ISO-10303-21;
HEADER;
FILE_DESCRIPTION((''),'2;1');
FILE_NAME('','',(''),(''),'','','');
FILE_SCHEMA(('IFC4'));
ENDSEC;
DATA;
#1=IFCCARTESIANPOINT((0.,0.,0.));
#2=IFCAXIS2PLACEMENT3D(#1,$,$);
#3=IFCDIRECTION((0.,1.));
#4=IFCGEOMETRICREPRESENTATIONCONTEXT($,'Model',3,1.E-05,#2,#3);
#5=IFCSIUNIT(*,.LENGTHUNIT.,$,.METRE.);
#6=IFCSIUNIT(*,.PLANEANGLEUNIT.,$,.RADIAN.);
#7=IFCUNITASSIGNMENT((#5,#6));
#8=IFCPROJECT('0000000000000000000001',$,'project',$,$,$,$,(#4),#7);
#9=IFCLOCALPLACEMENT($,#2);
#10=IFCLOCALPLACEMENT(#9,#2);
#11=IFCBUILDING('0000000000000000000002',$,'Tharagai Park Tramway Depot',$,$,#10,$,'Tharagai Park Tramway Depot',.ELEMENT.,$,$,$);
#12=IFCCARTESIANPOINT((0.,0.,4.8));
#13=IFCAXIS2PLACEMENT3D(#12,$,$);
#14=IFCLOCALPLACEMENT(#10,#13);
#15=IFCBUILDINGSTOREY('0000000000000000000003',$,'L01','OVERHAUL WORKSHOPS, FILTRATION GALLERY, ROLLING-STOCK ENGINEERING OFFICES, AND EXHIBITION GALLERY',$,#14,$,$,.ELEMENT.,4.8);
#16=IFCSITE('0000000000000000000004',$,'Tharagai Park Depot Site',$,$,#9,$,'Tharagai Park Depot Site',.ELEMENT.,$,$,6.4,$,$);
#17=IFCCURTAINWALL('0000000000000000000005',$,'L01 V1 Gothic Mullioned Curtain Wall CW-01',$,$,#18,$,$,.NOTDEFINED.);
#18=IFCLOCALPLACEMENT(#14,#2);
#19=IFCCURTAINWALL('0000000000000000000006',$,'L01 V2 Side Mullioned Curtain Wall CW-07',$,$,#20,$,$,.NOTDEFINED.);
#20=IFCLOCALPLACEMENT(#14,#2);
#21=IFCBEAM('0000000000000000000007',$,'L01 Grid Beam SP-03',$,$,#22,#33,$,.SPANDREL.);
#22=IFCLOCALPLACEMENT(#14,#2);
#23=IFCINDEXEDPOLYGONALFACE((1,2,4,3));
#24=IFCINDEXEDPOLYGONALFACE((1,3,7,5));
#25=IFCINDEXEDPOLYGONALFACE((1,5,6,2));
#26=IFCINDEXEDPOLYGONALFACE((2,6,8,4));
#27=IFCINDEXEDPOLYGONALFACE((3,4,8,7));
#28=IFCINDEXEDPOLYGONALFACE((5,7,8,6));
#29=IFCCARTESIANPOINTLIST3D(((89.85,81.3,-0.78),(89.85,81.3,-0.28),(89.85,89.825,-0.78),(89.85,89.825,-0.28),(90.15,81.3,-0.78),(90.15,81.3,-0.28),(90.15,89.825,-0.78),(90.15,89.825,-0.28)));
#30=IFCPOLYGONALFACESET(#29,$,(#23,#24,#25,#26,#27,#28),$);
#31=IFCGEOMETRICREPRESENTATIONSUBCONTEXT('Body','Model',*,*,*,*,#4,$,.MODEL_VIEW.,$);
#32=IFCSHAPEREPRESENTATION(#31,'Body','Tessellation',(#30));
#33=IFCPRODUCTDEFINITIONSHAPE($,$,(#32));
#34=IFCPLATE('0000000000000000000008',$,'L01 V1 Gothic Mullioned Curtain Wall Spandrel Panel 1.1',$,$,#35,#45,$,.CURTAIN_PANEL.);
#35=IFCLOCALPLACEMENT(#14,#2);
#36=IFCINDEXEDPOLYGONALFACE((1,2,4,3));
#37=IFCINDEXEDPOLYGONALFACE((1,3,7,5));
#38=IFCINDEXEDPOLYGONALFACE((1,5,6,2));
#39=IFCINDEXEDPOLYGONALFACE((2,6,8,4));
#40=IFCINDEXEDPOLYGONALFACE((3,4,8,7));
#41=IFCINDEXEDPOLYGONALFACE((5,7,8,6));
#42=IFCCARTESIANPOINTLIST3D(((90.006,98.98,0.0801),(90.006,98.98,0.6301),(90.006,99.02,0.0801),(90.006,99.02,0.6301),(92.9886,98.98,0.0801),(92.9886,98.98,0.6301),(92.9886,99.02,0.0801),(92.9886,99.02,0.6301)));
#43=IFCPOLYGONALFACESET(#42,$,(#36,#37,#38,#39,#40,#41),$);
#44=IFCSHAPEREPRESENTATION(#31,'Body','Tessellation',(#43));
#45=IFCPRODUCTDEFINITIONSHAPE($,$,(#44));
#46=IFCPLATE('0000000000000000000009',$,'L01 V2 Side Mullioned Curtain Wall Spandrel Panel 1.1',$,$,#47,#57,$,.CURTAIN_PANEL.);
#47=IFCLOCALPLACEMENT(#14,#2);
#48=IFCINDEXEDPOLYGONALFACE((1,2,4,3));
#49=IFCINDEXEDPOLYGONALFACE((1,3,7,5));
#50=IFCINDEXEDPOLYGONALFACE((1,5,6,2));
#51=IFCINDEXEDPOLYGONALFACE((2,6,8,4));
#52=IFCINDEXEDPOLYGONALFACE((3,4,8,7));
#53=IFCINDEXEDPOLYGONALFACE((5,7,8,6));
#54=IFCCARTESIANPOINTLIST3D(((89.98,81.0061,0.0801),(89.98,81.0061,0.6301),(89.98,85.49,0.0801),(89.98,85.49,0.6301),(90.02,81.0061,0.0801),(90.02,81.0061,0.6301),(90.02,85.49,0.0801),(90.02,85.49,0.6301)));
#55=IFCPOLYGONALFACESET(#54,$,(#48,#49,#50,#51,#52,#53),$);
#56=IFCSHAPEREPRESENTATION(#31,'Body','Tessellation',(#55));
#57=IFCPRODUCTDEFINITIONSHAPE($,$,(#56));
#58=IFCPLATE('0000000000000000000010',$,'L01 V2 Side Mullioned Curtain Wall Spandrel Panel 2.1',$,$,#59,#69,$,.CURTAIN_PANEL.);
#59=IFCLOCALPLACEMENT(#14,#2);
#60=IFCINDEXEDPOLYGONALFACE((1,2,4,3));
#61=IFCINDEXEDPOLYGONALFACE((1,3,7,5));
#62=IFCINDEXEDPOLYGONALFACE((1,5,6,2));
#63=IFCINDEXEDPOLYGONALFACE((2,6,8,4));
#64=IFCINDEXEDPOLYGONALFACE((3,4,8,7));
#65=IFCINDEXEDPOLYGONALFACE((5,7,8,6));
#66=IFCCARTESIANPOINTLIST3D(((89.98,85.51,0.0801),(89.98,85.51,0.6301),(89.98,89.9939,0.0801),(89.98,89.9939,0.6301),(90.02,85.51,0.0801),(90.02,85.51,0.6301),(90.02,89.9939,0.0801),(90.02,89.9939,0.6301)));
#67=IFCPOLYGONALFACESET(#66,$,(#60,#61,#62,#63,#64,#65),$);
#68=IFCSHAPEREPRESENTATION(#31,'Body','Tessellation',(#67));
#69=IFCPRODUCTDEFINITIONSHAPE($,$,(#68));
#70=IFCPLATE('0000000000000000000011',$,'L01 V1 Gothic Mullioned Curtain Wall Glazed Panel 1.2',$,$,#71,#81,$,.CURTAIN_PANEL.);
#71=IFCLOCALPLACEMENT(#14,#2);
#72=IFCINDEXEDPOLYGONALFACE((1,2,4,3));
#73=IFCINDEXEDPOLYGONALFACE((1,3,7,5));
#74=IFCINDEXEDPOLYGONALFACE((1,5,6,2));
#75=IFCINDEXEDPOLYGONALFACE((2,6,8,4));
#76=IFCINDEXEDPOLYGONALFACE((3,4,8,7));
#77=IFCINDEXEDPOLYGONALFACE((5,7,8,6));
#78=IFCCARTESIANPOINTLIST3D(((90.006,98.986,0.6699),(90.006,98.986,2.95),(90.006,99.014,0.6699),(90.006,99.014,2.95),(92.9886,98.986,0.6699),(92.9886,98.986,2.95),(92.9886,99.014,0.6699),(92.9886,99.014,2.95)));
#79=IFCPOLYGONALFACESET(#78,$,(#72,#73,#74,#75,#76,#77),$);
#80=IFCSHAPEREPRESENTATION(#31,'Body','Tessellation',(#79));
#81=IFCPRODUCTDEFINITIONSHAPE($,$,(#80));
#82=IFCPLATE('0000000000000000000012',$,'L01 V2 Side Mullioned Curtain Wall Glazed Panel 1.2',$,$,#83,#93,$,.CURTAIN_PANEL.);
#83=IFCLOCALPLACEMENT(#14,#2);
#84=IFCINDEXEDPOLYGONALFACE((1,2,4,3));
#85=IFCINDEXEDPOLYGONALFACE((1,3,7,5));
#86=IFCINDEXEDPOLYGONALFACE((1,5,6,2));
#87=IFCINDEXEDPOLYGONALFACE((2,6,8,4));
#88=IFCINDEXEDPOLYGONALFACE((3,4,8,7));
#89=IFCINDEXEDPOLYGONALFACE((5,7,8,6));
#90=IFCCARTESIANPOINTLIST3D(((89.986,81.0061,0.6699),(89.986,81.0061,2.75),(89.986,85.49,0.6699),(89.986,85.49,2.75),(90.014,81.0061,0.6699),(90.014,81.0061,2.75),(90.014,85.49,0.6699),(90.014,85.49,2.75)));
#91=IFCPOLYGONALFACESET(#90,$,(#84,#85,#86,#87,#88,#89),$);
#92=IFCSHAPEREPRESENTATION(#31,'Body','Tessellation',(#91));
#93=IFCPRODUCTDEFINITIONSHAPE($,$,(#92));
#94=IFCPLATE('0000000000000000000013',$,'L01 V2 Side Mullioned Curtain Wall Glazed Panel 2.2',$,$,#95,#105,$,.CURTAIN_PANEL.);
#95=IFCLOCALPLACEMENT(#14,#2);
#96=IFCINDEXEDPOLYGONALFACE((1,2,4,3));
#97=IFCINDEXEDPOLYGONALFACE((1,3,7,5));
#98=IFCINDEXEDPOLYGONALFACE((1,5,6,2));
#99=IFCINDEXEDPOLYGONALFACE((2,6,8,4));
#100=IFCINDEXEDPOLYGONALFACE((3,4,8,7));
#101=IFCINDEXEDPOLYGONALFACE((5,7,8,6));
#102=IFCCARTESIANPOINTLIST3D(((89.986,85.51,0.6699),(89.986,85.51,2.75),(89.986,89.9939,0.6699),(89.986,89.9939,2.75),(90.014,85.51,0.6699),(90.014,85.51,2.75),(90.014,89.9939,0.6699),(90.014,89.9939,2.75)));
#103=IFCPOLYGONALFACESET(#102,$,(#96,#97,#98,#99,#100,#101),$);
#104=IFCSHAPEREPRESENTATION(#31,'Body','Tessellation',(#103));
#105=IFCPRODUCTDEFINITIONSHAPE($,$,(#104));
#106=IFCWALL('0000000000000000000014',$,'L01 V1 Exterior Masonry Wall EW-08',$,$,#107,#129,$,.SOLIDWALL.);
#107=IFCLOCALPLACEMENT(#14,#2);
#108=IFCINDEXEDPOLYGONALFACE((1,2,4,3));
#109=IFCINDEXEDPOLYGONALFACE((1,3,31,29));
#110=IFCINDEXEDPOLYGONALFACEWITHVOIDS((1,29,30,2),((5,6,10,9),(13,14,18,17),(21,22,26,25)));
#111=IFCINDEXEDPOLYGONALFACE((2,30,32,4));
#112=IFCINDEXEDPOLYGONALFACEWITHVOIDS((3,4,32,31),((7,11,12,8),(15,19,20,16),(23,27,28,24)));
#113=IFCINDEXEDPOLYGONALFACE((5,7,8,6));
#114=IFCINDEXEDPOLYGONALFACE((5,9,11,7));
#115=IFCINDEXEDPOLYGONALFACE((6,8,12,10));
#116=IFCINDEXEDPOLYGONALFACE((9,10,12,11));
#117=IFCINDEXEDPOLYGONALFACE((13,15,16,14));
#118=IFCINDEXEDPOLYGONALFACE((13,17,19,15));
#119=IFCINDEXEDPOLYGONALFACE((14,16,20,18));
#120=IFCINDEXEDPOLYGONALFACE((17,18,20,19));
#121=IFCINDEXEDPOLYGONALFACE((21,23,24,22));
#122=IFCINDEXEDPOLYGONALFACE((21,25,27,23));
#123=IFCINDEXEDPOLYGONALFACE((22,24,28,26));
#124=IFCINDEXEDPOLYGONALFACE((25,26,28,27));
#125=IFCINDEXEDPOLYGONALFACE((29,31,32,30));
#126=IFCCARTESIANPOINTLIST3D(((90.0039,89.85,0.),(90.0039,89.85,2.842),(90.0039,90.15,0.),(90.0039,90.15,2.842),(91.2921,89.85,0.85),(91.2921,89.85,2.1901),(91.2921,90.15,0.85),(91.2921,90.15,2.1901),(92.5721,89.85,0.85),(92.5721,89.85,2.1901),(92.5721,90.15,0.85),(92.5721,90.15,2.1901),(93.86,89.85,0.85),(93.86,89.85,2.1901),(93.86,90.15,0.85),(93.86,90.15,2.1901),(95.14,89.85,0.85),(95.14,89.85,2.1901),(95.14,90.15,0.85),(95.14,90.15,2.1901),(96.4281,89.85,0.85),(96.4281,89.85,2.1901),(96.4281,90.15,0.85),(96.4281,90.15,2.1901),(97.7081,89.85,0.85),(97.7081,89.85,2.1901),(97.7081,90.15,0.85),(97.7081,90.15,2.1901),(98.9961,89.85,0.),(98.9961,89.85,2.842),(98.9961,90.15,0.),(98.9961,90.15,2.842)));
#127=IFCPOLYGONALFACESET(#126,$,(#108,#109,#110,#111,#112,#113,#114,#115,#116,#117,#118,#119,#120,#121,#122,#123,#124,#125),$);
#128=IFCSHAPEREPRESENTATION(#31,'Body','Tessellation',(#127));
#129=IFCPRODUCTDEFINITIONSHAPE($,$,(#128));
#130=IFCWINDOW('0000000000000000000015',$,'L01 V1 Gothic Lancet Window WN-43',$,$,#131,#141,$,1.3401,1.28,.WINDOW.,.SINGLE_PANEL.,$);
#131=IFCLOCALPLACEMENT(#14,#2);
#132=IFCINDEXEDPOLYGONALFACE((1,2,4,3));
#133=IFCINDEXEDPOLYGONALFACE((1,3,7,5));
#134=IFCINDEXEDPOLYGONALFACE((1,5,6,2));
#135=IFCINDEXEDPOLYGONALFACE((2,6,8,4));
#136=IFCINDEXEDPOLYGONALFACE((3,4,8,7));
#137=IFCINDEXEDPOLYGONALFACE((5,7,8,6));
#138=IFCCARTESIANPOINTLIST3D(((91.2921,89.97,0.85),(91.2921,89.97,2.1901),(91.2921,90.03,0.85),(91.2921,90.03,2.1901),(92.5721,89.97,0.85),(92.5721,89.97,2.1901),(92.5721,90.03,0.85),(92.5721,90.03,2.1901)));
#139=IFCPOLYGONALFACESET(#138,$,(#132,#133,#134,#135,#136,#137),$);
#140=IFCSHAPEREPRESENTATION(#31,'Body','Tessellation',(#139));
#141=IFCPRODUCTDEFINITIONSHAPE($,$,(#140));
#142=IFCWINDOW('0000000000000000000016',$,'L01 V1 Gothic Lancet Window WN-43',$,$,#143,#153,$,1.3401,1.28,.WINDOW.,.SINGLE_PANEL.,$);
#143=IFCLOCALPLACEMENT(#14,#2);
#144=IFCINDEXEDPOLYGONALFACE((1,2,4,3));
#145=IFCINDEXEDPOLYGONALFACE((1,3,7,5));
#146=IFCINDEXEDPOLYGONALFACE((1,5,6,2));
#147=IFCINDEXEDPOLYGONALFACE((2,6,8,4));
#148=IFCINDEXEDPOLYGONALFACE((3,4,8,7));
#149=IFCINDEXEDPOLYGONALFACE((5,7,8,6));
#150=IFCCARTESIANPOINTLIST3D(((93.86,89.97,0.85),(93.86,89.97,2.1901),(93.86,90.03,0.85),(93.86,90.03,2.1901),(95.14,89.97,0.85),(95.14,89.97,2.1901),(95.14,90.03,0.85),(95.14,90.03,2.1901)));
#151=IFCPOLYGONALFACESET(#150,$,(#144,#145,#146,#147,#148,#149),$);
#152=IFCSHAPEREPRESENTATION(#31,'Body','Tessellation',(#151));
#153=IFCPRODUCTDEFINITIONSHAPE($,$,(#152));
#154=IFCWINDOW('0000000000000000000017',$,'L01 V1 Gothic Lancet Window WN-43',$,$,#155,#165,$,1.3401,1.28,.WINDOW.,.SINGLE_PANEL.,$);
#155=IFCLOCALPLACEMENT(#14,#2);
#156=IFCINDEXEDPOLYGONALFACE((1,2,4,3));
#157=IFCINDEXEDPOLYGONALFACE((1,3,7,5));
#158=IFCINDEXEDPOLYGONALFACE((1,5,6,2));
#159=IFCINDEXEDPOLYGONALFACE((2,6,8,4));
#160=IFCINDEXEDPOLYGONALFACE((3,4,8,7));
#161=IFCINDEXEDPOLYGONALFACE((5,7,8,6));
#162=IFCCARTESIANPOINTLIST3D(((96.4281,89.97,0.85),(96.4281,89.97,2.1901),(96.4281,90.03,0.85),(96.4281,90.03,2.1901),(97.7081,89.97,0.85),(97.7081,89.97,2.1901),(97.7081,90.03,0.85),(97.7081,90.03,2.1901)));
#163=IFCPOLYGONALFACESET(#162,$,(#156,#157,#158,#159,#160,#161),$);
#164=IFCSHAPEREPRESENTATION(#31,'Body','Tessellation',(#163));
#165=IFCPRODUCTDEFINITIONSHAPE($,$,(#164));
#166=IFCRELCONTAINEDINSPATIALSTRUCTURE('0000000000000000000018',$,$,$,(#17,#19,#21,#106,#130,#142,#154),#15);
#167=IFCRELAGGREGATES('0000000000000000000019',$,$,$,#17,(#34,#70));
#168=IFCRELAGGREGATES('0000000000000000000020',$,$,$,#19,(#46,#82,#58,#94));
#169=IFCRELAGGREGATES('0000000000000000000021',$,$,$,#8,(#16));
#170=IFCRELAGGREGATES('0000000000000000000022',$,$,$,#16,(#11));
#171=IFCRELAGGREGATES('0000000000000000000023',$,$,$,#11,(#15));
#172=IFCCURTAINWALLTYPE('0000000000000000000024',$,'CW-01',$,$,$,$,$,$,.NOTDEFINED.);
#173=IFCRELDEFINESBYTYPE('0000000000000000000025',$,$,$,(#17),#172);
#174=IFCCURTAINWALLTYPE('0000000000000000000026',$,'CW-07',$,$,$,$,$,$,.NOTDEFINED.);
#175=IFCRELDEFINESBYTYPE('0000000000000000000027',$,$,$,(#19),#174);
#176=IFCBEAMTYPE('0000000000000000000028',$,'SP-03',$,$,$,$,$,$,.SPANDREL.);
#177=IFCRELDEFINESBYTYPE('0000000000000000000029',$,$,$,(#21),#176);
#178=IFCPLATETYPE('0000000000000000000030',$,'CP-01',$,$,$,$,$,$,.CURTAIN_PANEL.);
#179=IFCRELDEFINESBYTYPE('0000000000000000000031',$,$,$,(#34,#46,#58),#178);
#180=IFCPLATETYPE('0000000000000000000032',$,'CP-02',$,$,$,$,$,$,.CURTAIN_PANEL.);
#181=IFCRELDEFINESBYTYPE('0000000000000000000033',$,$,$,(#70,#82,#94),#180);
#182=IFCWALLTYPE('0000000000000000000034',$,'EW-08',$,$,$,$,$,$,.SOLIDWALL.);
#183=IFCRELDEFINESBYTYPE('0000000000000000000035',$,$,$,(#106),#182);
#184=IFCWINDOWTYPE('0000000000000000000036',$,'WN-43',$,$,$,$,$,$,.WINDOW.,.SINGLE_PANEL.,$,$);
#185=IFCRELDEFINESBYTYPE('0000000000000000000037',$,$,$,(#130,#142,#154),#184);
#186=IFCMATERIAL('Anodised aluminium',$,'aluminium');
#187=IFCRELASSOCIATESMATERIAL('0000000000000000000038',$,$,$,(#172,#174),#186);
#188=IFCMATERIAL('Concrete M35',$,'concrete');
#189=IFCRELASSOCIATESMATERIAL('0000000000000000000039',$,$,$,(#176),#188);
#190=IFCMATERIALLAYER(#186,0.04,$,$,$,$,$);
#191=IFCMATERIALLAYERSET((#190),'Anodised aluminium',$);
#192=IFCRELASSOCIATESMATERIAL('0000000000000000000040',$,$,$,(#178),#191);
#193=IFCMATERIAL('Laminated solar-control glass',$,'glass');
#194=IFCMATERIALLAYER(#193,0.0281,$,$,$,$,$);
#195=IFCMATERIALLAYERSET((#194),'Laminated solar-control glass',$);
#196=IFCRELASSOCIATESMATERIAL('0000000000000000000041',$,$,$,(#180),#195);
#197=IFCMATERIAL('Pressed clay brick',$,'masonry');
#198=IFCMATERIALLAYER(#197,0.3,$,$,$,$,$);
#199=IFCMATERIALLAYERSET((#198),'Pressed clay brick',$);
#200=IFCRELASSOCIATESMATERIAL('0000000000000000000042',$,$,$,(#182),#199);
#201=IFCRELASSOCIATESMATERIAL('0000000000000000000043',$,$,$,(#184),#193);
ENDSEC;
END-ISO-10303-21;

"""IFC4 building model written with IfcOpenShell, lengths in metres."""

from ifc_helpers import new_model, si_unit, direction, frame, frame_2d, origin, origin_2d, place, context, subcontext, project, spatial, rectangle, extrude, material, layer, layer_set, material_profile, profile_set, type_object, element, fill, aggregate, save


model = new_model("IFC4")

# Units and contexts
model_context = context("Model", 3, precision=1e-05, world=origin(), true_north=direction((0.0, 1.0)))
body_context = subcontext(model_context, "Body", "Model", "MODEL_VIEW")
ifc_project = project(units=[si_unit("LENGTHUNIT", "METRE"), si_unit("PLANEANGLEUNIT", "RADIAN")], contexts=[model_context])

# Site, building, storey
site_placement = place(None, origin())
site = spatial("IfcSite", under=ifc_project, at=site_placement, Name="Tharagai Park Depot Site", LongName="Tharagai Park Depot Site", CompositionType="ELEMENT", RefElevation=6.4)
building_placement = place(site_placement, origin())
building = spatial("IfcBuilding", under=site, at=building_placement, Name="Tharagai Park Tramway Depot", LongName="Tharagai Park Tramway Depot", CompositionType="ELEMENT")
storey_placement = place(building_placement, frame((0.0, 0.0, 4.8)))
storey = spatial("IfcBuildingStorey", under=building, at=storey_placement, Name="L01", Description="OVERHAUL WORKSHOPS, FILTRATION GALLERY, ROLLING-STOCK ENGINEERING OFFICES, AND EXHIBITION GALLERY", CompositionType="ELEMENT", Elevation=4.8)

# Curtain walls
ifc_material_1 = material(Name="Anodised aluminium", Category="aluminium")
curtain_wall_type_1 = type_object("IfcCurtainWallType", Name="CW-01", PredefinedType="NOTDEFINED", material=ifc_material_1)
curtain_wall_1_placement = place(storey_placement, origin())
curtain_wall_1 = element("IfcCurtainWall", 1, at=curtain_wall_1_placement, inside=storey, type_object=curtain_wall_type_1, Name="L01 V1 Gothic Mullioned Curtain Wall CW-01", PredefinedType="NOTDEFINED")
curtain_wall_type_2 = type_object("IfcCurtainWallType", Name="CW-07", PredefinedType="NOTDEFINED", material=ifc_material_1)
curtain_wall_2_placement = place(storey_placement, origin())
curtain_wall_2 = element("IfcCurtainWall", 2, at=curtain_wall_2_placement, inside=storey, type_object=curtain_wall_type_2, Name="L01 V2 Side Mullioned Curtain Wall CW-07", PredefinedType="NOTDEFINED")

# Beam
ifc_material_2 = material(Name="Concrete M35", Category="concrete")
ifc_material_profile_1 = material_profile(ifc_material_2, rectangle(XDim=0.3, YDim=0.5, at=origin_2d()), Name="RC 300x500")
ifc_profile_set_1 = profile_set([ifc_material_profile_1], Name="Concrete M35")
beam_type_1 = type_object("IfcBeamType", Name="SP-03", PredefinedType="SPANDREL", material=ifc_profile_set_1)
beam_1_placement = place(storey_placement, frame((90.0, 81.3, -0.53), z_axis=(0.0, 1.0, 0.0), x_axis=(-1.0, 0.0, 0.0)))
element("IfcBeam", 3, at=beam_1_placement, inside=storey, type_object=beam_type_1, Name="L01 Grid Beam SP-03", PredefinedType="SPANDREL", context=body_context, shape_type="SweptSolid", body=[
    extrude(rectangle(XDim=0.3, YDim=0.5, at=origin_2d()), origin(), (0.0, 0.0, 1.0), 8.5249),
])

# Plates
ifc_layer_1 = layer(ifc_material_1, 0.04)
ifc_layer_set_1 = layer_set([ifc_layer_1], Name="Anodised aluminium")
plate_type_1 = type_object("IfcPlateType", Name="CP-01", PredefinedType="CURTAIN_PANEL", material=ifc_layer_set_1)
plate_1_placement = place(storey_placement, frame((91.4973, 99.0, 0.0801), z_axis=(0.0, 0.0, 1.0), x_axis=(1.0, 0.0, 0.0)))
plate_1 = element("IfcPlate", 4, at=plate_1_placement, type_object=plate_type_1, Name="L01 V1 Gothic Mullioned Curtain Wall Spandrel Panel 1.1", PredefinedType="CURTAIN_PANEL", context=body_context, shape_type="SweptSolid", body=[
    extrude(rectangle(XDim=2.9827, YDim=0.04, at=origin_2d()), origin(), (0.0, 0.0, 1.0), 0.55),
])
plate_2_placement = place(storey_placement, frame((90.0, 83.248, 0.0801), z_axis=(0.0, 0.0, 1.0), x_axis=(0.0, 1.0, 0.0)))
plate_2 = element("IfcPlate", 5, at=plate_2_placement, type_object=plate_type_1, Name="L01 V2 Side Mullioned Curtain Wall Spandrel Panel 1.1", PredefinedType="CURTAIN_PANEL", context=body_context, shape_type="SweptSolid", body=[
    extrude(rectangle(XDim=4.4839, YDim=0.04, at=origin_2d()), origin(), (0.0, 0.0, 1.0), 0.55),
])
plate_3_placement = place(storey_placement, frame((90.0, 87.752, 0.0801), z_axis=(0.0, 0.0, 1.0), x_axis=(0.0, 1.0, 0.0)))
plate_3 = element("IfcPlate", 6, at=plate_3_placement, type_object=plate_type_1, Name="L01 V2 Side Mullioned Curtain Wall Spandrel Panel 2.1", PredefinedType="CURTAIN_PANEL", context=body_context, shape_type="SweptSolid", body=[
    extrude(rectangle(XDim=4.4839, YDim=0.04, at=origin_2d()), origin(), (0.0, 0.0, 1.0), 0.55),
])
ifc_material_3 = material(Name="Laminated solar-control glass", Category="glass")
ifc_layer_2 = layer(ifc_material_3, 0.0281)
ifc_layer_set_2 = layer_set([ifc_layer_2], Name="Laminated solar-control glass")
plate_type_2 = type_object("IfcPlateType", Name="CP-02", PredefinedType="CURTAIN_PANEL", material=ifc_layer_set_2)
plate_4_placement = place(storey_placement, frame((91.4973, 99.0, 0.6699), z_axis=(0.0, 0.0, 1.0), x_axis=(1.0, 0.0, 0.0)))
plate_4 = element("IfcPlate", 7, at=plate_4_placement, type_object=plate_type_2, Name="L01 V1 Gothic Mullioned Curtain Wall Glazed Panel 1.2", PredefinedType="CURTAIN_PANEL", context=body_context, shape_type="SweptSolid", body=[
    extrude(rectangle(XDim=2.9827, YDim=0.0281, at=origin_2d()), origin(), (0.0, 0.0, 1.0), 2.28),
])
aggregate(curtain_wall_1, [plate_1, plate_4])
plate_5_placement = place(storey_placement, frame((90.0, 83.248, 0.6699), z_axis=(0.0, 0.0, 1.0), x_axis=(0.0, 1.0, 0.0)))
plate_5 = element("IfcPlate", 8, at=plate_5_placement, type_object=plate_type_2, Name="L01 V2 Side Mullioned Curtain Wall Glazed Panel 1.2", PredefinedType="CURTAIN_PANEL", context=body_context, shape_type="SweptSolid", body=[
    extrude(rectangle(XDim=4.4839, YDim=0.0281, at=origin_2d()), origin(), (0.0, 0.0, 1.0), 2.0801),
])
plate_6_placement = place(storey_placement, frame((90.0, 87.752, 0.6699), z_axis=(0.0, 0.0, 1.0), x_axis=(0.0, 1.0, 0.0)))
plate_6 = element("IfcPlate", 9, at=plate_6_placement, type_object=plate_type_2, Name="L01 V2 Side Mullioned Curtain Wall Glazed Panel 2.2", PredefinedType="CURTAIN_PANEL", context=body_context, shape_type="SweptSolid", body=[
    extrude(rectangle(XDim=4.4839, YDim=0.0281, at=origin_2d()), origin(), (0.0, 0.0, 1.0), 2.0801),
])
aggregate(curtain_wall_2, [plate_2, plate_5, plate_3, plate_6])

# Wall, openings, windows
ifc_material_4 = material(Name="Pressed clay brick", Category="masonry")
ifc_layer_3 = layer(ifc_material_4, 0.3)
ifc_layer_set_3 = layer_set([ifc_layer_3], Name="Pressed clay brick")
wall_type = type_object("IfcWallType", Name="EW-08", PredefinedType="SOLIDWALL", material=ifc_layer_set_3)
wall_placement = place(storey_placement, frame((90.0039, 90.0, 0.0), z_axis=(0.0, 0.0, 1.0), x_axis=(1.0, 0.0, 0.0)))
wall = element("IfcWall", 10, at=wall_placement, inside=storey, type_object=wall_type, Name="L01 V1 Exterior Masonry Wall EW-08", PredefinedType="SOLIDWALL", context=body_context, shape_type="SweptSolid", body=[
    extrude(rectangle(XDim=8.9922, YDim=0.3, at=frame_2d((4.4961, 0.0))), origin(), (0.0, 0.0, 1.0), 2.842),
])
opening_1_placement = place(wall_placement, frame((1.2881, 0.0, 0.8501)))
opening_1 = element("IfcOpeningElement", 11, at=opening_1_placement, cuts=wall, PredefinedType="OPENING", context=body_context, shape_type="SweptSolid", body=[
    extrude(rectangle(XDim=1.28, YDim=1.3401, at=frame_2d((0.6401, 0.6699))), frame((0.0, 0.1599, 0.0), z_axis=(0.0, -1.0, 0.0), x_axis=(1.0, 0.0, 0.0)), (0.0, 0.0, 1.0), 0.3201),
])
opening_2_placement = place(wall_placement, frame((3.856, 0.0, 0.8501)))
opening_2 = element("IfcOpeningElement", 12, at=opening_2_placement, cuts=wall, PredefinedType="OPENING", context=body_context, shape_type="SweptSolid", body=[
    extrude(rectangle(XDim=1.28, YDim=1.3401, at=frame_2d((0.6401, 0.6699))), frame((0.0, 0.1599, 0.0), z_axis=(0.0, -1.0, 0.0), x_axis=(1.0, 0.0, 0.0)), (0.0, 0.0, 1.0), 0.3201),
])
opening_3_placement = place(wall_placement, frame((6.4241, 0.0, 0.8501)))
opening_3 = element("IfcOpeningElement", 13, at=opening_3_placement, cuts=wall, PredefinedType="OPENING", context=body_context, shape_type="SweptSolid", body=[
    extrude(rectangle(XDim=1.28, YDim=1.3401, at=frame_2d((0.6401, 0.6699))), frame((0.0, 0.1599, 0.0), z_axis=(0.0, -1.0, 0.0), x_axis=(1.0, 0.0, 0.0)), (0.0, 0.0, 1.0), 0.3201),
])
window_type = type_object("IfcWindowType", Name="WN-43", PartitioningType="SINGLE_PANEL", PredefinedType="WINDOW", material=ifc_material_3)
window_1_placement = place(opening_1_placement, origin())
window_1 = element("IfcWindow", 14, at=window_1_placement, inside=storey, type_object=window_type, Name="L01 V1 Gothic Lancet Window WN-43", OverallHeight=1.3401, OverallWidth=1.28, PartitioningType="SINGLE_PANEL", PredefinedType="WINDOW", context=body_context, shape_type="SweptSolid", body=[
    extrude(rectangle(XDim=1.28, YDim=1.3401, at=frame_2d((0.6401, 0.6699))), frame((0.0, 0.03, 0.0), z_axis=(0.0, -1.0, 0.0), x_axis=(1.0, 0.0, 0.0)), (0.0, 0.0, 1.0), 0.0601),
])
fill(opening_1, window_1)
window_2_placement = place(opening_2_placement, origin())
window_2 = element("IfcWindow", 15, at=window_2_placement, inside=storey, type_object=window_type, Name="L01 V1 Gothic Lancet Window WN-43", OverallHeight=1.3401, OverallWidth=1.28, PartitioningType="SINGLE_PANEL", PredefinedType="WINDOW", context=body_context, shape_type="SweptSolid", body=[
    extrude(rectangle(XDim=1.28, YDim=1.3401, at=frame_2d((0.6401, 0.6699))), frame((0.0, 0.03, 0.0), z_axis=(0.0, -1.0, 0.0), x_axis=(1.0, 0.0, 0.0)), (0.0, 0.0, 1.0), 0.0601),
])
fill(opening_2, window_2)
window_3_placement = place(opening_3_placement, origin())
window_3 = element("IfcWindow", 16, at=window_3_placement, inside=storey, type_object=window_type, Name="L01 V1 Gothic Lancet Window WN-43", OverallHeight=1.3401, OverallWidth=1.28, PartitioningType="SINGLE_PANEL", PredefinedType="WINDOW", context=body_context, shape_type="SweptSolid", body=[
    extrude(rectangle(XDim=1.28, YDim=1.3401, at=frame_2d((0.6401, 0.6699))), frame((0.0, 0.03, 0.0), z_axis=(0.0, -1.0, 0.0), x_axis=(1.0, 0.0, 0.0)), (0.0, 0.0, 1.0), 0.0601),
])
fill(opening_3, window_3)

save(model, "model.ifc")
